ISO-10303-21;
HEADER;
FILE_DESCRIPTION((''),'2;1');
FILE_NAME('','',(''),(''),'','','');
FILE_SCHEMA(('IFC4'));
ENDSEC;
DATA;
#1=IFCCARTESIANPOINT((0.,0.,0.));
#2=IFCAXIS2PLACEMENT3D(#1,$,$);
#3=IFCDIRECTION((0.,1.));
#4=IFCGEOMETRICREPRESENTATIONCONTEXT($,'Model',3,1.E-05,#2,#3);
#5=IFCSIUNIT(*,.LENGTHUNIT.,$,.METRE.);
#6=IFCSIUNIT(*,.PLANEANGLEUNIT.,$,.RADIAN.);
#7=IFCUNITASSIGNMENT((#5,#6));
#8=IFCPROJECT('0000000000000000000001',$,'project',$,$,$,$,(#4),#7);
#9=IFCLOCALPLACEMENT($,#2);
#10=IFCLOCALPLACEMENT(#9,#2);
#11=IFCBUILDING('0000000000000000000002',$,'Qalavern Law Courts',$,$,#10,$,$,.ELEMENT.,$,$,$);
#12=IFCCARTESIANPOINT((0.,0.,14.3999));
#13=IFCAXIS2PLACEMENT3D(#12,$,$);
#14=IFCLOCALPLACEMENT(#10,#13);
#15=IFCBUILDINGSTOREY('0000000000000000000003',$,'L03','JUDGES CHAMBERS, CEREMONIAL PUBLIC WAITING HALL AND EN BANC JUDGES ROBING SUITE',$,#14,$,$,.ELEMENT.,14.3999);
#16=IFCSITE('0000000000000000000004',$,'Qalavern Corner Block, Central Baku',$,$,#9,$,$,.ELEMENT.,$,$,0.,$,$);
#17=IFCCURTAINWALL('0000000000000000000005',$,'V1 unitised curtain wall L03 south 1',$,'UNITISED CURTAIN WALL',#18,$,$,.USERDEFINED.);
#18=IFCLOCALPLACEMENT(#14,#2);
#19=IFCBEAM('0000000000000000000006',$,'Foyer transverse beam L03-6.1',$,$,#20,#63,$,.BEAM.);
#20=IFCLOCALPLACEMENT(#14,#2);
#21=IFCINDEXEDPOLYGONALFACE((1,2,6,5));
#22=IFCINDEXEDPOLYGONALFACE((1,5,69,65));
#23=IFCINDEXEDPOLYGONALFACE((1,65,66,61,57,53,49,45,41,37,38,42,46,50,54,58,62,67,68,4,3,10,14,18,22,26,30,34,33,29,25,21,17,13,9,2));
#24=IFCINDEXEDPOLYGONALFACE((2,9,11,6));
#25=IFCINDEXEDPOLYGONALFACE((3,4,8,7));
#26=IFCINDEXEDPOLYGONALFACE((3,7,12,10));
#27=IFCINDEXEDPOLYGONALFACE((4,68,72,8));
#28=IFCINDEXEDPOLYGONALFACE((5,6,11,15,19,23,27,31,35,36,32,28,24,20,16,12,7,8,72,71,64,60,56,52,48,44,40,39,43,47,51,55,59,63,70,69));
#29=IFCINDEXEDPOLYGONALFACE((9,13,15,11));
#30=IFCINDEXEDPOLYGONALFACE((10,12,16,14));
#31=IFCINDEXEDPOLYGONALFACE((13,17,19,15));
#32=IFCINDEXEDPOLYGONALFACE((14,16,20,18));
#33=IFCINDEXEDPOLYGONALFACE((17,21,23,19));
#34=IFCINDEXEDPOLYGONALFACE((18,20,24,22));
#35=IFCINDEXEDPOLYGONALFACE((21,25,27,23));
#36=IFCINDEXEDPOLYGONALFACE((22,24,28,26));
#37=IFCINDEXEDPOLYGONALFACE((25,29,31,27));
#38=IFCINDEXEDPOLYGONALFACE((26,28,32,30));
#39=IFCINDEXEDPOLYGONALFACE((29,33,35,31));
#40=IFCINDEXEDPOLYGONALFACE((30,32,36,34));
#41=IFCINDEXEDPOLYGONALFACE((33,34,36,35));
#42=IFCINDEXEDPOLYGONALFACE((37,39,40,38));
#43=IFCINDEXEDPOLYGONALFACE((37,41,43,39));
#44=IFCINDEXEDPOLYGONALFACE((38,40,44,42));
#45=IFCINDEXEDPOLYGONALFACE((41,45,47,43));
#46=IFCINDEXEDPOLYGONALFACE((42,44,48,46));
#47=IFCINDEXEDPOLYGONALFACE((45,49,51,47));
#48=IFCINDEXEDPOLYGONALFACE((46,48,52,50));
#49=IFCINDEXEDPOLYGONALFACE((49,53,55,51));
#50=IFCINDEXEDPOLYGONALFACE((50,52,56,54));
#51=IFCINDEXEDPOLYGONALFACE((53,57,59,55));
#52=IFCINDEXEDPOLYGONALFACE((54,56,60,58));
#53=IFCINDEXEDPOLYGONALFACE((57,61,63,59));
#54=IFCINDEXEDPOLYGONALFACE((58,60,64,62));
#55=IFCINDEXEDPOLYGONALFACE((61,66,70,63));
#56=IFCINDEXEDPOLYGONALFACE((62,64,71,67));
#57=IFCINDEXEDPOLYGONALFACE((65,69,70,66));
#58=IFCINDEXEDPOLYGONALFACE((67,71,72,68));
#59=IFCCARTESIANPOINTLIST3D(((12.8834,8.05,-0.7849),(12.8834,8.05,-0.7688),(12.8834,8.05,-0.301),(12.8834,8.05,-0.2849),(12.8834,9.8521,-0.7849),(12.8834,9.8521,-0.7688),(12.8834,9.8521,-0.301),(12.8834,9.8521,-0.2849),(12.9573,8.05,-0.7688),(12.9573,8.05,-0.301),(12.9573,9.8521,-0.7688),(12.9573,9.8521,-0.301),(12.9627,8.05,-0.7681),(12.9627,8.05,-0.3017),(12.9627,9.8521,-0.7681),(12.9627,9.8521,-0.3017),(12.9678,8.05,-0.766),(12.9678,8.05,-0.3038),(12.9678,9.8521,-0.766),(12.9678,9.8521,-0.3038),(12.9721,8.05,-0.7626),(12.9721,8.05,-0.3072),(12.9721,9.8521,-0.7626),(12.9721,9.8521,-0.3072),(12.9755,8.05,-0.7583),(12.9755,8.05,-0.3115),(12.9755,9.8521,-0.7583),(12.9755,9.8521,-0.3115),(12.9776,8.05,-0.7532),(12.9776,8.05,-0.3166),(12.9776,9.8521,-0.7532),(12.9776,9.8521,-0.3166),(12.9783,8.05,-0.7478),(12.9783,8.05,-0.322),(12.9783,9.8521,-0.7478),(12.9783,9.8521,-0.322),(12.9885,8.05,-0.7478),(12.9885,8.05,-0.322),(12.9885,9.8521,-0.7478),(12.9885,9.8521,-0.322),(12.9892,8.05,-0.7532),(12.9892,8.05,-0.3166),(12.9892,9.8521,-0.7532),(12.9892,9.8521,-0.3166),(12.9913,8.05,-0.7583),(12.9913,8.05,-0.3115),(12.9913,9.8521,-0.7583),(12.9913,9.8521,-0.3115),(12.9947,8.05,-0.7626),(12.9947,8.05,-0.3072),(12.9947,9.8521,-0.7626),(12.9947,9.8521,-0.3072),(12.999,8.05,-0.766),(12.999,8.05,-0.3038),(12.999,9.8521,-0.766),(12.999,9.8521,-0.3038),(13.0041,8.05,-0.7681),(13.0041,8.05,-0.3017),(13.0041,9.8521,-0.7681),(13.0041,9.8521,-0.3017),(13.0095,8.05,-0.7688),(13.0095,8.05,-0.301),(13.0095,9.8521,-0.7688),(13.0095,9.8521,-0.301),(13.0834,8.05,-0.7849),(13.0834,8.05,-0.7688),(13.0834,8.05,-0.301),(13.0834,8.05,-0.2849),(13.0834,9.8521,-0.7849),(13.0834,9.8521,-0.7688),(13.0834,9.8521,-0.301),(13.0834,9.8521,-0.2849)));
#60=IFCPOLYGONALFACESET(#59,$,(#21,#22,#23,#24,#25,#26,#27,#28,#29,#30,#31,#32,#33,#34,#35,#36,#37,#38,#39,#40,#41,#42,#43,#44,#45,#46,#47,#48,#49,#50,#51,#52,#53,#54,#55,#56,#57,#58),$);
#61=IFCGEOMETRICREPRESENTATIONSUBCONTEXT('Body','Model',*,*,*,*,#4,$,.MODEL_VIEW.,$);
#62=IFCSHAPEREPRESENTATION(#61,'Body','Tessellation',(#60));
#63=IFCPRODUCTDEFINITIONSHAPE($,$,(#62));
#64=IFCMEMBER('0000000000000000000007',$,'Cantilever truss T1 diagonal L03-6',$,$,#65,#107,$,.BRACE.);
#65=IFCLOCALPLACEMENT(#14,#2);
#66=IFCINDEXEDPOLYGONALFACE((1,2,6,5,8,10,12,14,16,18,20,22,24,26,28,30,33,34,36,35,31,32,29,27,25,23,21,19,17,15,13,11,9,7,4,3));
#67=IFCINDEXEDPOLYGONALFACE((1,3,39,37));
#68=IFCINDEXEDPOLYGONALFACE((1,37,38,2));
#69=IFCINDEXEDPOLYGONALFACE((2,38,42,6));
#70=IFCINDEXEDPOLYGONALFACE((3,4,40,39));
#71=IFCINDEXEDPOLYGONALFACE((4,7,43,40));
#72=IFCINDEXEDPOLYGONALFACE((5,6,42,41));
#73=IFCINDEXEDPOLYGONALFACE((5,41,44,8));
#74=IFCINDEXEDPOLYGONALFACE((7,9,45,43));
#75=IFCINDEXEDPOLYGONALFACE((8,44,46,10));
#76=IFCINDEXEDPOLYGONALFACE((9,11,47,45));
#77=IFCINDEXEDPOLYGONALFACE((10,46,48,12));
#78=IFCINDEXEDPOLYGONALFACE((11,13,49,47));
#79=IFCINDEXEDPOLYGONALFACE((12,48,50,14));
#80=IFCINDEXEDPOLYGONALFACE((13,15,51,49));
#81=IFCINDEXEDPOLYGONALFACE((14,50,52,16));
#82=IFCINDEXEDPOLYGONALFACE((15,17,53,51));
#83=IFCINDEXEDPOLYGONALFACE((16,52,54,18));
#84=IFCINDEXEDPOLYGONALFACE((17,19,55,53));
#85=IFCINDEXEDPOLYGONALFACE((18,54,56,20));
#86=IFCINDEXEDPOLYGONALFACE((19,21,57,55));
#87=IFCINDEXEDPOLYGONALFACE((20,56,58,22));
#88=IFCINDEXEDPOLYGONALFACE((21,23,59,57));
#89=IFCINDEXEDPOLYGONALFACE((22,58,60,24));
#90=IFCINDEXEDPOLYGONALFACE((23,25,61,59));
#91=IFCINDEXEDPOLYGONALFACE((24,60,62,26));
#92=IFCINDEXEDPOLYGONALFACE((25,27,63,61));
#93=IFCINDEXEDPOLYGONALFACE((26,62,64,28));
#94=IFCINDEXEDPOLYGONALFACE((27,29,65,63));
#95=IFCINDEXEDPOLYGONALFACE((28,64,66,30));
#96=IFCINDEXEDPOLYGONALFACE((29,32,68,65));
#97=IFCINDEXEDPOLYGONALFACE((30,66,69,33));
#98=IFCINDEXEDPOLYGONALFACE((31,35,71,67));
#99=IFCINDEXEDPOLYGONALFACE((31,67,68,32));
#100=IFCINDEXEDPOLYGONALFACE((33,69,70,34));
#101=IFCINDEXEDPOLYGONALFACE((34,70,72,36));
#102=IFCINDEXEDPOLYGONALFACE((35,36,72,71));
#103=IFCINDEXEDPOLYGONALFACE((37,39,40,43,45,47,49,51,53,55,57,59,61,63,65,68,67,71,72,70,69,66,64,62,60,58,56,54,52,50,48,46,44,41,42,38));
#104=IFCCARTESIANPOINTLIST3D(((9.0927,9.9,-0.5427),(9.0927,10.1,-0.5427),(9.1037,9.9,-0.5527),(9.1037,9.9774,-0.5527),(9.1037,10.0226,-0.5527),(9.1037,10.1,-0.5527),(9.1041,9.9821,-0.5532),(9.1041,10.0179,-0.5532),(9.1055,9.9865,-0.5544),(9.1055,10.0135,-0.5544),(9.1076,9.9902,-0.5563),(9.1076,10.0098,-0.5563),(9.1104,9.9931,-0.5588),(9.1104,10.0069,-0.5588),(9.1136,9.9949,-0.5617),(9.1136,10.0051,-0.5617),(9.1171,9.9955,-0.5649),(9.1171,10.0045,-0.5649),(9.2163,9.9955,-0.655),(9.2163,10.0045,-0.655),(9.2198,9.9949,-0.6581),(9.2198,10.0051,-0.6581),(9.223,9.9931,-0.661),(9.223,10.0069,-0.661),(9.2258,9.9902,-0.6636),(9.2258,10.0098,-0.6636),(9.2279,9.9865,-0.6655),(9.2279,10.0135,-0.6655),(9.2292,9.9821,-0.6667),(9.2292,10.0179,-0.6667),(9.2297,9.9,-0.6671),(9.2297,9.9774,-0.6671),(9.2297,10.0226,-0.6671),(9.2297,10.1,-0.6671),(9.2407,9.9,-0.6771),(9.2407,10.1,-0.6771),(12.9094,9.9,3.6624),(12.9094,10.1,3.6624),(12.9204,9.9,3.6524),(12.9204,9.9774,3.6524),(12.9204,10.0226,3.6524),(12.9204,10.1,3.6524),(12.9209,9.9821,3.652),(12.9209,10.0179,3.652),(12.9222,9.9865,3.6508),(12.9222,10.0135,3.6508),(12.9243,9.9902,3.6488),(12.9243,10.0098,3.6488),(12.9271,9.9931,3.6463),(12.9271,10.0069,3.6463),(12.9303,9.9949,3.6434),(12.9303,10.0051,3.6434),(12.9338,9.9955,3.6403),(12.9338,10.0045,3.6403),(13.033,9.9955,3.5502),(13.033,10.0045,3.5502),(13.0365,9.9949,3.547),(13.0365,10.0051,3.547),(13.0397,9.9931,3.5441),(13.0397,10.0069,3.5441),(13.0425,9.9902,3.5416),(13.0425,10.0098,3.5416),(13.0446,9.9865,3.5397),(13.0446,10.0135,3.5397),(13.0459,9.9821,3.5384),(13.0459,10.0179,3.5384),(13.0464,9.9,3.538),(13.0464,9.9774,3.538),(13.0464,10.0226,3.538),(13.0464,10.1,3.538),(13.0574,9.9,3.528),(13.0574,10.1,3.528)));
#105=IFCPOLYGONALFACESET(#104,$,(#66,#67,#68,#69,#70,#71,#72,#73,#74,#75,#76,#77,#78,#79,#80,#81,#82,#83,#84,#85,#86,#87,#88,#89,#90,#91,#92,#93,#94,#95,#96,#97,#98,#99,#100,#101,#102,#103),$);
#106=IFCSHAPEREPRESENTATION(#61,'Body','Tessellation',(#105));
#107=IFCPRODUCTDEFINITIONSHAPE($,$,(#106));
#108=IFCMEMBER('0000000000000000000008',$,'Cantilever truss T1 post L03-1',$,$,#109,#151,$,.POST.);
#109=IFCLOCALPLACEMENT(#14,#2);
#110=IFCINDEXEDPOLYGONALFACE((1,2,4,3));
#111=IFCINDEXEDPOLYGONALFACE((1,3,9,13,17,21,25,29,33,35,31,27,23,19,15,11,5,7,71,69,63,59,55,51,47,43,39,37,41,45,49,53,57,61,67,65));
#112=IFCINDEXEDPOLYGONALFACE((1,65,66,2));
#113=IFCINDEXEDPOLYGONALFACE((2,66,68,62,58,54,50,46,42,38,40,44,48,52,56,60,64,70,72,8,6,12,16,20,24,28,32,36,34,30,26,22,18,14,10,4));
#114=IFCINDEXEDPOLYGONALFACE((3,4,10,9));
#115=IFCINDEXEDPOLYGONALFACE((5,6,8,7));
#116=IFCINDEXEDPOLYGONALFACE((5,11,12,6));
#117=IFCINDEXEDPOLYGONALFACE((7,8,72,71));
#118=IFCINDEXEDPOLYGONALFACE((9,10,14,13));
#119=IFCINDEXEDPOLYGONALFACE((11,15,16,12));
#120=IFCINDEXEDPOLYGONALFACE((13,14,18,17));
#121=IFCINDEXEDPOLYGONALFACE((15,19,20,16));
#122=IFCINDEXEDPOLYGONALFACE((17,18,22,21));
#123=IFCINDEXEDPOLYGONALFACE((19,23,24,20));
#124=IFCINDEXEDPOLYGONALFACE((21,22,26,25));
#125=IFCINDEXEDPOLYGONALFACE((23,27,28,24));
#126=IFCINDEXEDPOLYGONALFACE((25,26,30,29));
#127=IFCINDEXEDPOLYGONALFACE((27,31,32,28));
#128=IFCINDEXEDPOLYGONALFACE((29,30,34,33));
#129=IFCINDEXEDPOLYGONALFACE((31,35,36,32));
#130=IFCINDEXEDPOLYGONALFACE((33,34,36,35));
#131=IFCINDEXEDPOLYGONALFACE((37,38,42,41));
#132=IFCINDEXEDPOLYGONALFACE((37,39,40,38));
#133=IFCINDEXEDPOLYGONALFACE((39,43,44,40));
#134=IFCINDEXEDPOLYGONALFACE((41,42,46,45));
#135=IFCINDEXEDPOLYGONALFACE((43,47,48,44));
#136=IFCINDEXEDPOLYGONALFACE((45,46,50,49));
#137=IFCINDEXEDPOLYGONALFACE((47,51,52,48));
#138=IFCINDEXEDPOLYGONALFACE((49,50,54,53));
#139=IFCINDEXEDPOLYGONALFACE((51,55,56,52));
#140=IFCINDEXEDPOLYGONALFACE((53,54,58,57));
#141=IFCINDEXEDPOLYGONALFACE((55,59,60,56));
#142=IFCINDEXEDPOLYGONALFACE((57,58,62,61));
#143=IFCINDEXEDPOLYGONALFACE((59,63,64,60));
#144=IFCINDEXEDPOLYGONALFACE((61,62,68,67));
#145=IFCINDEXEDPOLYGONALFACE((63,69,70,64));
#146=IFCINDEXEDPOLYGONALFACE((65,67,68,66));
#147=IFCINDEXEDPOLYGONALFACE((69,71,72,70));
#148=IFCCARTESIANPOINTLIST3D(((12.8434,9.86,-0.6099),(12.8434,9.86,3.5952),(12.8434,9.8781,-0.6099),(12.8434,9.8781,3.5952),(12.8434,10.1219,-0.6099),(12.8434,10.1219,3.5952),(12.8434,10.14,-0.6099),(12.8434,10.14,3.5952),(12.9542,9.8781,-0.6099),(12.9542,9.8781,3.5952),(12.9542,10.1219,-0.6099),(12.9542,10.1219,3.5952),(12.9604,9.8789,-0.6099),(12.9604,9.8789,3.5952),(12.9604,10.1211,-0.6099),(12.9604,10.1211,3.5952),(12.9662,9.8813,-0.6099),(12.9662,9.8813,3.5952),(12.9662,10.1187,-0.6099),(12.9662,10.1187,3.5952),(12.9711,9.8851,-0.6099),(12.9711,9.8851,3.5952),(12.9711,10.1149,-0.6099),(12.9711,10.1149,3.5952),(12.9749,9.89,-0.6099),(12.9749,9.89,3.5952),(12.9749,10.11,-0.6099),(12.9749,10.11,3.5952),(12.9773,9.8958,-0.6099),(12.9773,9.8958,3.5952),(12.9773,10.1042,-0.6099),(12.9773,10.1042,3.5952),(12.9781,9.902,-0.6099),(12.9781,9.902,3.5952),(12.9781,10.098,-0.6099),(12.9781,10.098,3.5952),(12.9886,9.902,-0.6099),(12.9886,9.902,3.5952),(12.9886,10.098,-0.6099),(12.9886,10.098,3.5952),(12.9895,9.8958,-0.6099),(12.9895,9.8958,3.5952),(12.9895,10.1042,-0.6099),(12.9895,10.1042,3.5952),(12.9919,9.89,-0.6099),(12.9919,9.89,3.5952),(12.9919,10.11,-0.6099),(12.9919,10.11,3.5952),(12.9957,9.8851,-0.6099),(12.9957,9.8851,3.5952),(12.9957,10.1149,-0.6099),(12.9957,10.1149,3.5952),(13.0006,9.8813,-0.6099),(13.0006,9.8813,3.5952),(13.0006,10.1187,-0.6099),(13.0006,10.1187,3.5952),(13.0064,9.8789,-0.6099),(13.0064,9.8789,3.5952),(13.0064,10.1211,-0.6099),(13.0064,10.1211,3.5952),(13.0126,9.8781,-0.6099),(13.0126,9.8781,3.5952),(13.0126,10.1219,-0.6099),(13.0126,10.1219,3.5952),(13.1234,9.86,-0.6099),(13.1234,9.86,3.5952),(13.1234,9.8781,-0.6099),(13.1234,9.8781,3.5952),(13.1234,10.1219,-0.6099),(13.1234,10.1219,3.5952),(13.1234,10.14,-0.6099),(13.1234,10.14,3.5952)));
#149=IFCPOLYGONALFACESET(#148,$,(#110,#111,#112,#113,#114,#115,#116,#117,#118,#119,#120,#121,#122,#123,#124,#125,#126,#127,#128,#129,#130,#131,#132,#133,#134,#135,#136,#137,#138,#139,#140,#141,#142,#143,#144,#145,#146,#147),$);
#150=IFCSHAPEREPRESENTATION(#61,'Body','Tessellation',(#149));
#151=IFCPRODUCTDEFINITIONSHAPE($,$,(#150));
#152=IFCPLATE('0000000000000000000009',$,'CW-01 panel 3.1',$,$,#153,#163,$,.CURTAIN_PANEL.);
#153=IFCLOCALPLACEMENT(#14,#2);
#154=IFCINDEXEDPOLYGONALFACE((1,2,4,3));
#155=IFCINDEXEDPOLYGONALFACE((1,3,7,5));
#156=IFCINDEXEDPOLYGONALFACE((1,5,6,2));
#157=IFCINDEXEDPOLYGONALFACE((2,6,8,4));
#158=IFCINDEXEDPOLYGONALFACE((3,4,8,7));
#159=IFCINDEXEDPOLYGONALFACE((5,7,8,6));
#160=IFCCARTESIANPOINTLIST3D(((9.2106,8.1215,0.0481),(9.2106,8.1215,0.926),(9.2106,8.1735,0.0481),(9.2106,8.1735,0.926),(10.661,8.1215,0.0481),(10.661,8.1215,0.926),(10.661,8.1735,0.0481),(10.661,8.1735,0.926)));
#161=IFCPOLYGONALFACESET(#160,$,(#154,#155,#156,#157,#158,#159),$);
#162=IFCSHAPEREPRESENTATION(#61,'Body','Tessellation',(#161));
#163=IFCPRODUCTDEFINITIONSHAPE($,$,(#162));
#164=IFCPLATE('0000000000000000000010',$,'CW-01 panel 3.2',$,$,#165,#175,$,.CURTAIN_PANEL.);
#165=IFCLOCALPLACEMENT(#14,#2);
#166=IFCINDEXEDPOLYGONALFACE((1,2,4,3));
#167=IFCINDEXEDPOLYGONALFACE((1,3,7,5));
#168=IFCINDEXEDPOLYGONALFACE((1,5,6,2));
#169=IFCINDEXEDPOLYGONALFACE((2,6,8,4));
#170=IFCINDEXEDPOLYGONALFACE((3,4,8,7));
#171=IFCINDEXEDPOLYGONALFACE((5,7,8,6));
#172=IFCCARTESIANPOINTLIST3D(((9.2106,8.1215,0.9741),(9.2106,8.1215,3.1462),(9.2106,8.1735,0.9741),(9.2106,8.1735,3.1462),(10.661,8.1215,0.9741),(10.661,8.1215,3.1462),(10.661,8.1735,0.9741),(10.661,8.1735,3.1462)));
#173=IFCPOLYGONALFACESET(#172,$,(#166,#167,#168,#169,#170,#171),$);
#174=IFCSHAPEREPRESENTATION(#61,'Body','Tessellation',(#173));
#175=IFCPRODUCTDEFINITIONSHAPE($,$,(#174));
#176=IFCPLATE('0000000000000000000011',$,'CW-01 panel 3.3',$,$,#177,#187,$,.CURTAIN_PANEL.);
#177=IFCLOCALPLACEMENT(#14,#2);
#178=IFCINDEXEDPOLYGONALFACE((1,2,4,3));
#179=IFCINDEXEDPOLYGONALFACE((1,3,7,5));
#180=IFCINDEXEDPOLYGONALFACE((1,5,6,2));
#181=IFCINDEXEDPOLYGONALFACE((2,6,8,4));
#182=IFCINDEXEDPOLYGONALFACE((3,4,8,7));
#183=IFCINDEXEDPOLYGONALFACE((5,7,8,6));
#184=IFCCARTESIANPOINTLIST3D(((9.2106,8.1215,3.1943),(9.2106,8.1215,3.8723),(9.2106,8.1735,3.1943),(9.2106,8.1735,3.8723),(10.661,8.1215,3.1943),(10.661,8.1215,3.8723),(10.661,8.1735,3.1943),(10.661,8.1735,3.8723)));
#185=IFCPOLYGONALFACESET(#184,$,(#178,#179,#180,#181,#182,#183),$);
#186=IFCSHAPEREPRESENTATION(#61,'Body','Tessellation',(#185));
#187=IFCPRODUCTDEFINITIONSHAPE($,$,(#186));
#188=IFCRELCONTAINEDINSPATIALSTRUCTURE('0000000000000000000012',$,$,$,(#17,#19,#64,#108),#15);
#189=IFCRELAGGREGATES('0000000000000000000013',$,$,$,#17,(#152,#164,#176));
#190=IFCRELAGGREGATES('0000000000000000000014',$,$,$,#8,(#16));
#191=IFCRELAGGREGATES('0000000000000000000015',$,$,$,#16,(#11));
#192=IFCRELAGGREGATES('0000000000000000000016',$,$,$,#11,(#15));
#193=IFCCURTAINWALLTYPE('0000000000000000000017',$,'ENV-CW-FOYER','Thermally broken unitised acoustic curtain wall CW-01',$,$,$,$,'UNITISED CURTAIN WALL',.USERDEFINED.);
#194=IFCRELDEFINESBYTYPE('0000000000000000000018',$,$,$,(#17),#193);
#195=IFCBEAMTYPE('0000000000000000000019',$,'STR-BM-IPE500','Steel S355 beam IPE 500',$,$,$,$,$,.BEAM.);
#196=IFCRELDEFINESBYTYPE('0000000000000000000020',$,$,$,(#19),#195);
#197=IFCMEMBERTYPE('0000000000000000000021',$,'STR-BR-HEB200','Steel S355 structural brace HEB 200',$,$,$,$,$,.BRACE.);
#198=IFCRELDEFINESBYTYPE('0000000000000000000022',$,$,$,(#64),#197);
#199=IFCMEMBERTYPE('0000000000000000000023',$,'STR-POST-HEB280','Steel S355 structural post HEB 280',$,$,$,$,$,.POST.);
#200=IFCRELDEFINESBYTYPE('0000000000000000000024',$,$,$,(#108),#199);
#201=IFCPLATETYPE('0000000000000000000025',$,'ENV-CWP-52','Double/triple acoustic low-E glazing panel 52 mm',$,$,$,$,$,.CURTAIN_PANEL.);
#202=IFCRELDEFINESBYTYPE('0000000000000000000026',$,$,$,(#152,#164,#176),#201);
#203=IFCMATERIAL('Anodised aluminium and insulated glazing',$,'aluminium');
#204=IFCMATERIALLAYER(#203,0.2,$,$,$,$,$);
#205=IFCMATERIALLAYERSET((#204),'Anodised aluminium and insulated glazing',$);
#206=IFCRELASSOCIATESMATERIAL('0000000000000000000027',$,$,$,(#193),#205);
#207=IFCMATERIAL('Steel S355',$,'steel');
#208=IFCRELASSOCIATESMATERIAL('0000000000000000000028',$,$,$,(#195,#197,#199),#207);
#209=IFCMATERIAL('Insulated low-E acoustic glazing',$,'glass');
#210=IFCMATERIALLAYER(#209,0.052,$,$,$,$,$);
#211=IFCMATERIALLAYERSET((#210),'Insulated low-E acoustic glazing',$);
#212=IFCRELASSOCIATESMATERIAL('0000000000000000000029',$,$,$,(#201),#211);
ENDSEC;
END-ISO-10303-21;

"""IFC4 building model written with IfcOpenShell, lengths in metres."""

from ifc_helpers import new_model, si_unit, direction, frame, origin, origin_2d, place, context, subcontext, project, spatial, rectangle, i_section, extrude, material, layer, layer_set, material_profile, profile_set, type_object, element, aggregate, save


model = new_model("IFC4")

# Units and contexts
model_context = context("Model", 3, precision=1e-05, world=origin(), true_north=direction((0.0, 1.0)))
body_context = subcontext(model_context, "Body", "Model", "MODEL_VIEW")
ifc_project = project(units=[si_unit("LENGTHUNIT", "METRE"), si_unit("PLANEANGLEUNIT", "RADIAN")], contexts=[model_context])

# Site, building, storey
site_placement = place(None, origin())
site = spatial("IfcSite", under=ifc_project, at=site_placement, Name="Qalavern Corner Block, Central Baku", CompositionType="ELEMENT", RefElevation=0.0)
building_placement = place(site_placement, origin())
building = spatial("IfcBuilding", under=site, at=building_placement, Name="Qalavern Law Courts", CompositionType="ELEMENT")
storey_placement = place(building_placement, frame((0.0, 0.0, 14.3999)))
storey = spatial("IfcBuildingStorey", under=building, at=storey_placement, Name="L03", Description="JUDGES CHAMBERS, CEREMONIAL PUBLIC WAITING HALL AND EN BANC JUDGES ROBING SUITE", CompositionType="ELEMENT", Elevation=14.3999)

# Curtain wall
ifc_material_1 = material(Name="Anodised aluminium and insulated glazing", Category="aluminium")
ifc_layer_1 = layer(ifc_material_1, 0.2)
ifc_layer_set_1 = layer_set([ifc_layer_1], Name="Anodised aluminium and insulated glazing")
curtain_wall_type = type_object("IfcCurtainWallType", Name="ENV-CW-FOYER", Description="Thermally broken unitised acoustic curtain wall CW-01", ElementType="UNITISED CURTAIN WALL", PredefinedType="USERDEFINED", material=ifc_layer_set_1)
curtain_wall_placement = place(storey_placement, origin())
curtain_wall = element("IfcCurtainWall", 1, at=curtain_wall_placement, inside=storey, type_object=curtain_wall_type, Name="V1 unitised curtain wall L03 south 1", ObjectType="UNITISED CURTAIN WALL", PredefinedType="USERDEFINED")

# Beam
ifc_material_2 = material(Name="Steel S355", Category="steel")
ifc_material_profile_1 = material_profile(ifc_material_2, i_section(OverallWidth=0.2, OverallDepth=0.5, WebThickness=0.0103, FlangeThickness=0.0161, FilletRadius=0.021, at=origin_2d()), Name="IPE 500")
ifc_profile_set_1 = profile_set([ifc_material_profile_1], Name="Steel S355")
beam_type = type_object("IfcBeamType", Name="STR-BM-IPE500", Description="Steel S355 beam IPE 500", PredefinedType="BEAM", material=ifc_profile_set_1)
beam_placement = place(storey_placement, frame((12.9834, 8.05, -0.5349), z_axis=(0.0, 1.0, 0.0), x_axis=(-1.0, 0.0, 0.0)))
element("IfcBeam", 2, at=beam_placement, inside=storey, type_object=beam_type, Name="Foyer transverse beam L03-6.1", PredefinedType="BEAM", context=body_context, shape_type="SweptSolid", body=[
    extrude(i_section(OverallWidth=0.2, OverallDepth=0.5, WebThickness=0.0103, FlangeThickness=0.0161, FilletRadius=0.021, at=origin_2d()), origin(), (0.0, 0.0, 1.0), 1.802),
])

# Members
ifc_material_profile_2 = material_profile(ifc_material_2, i_section(OverallWidth=0.2, OverallDepth=0.2, WebThickness=0.009, FlangeThickness=0.0149, FilletRadius=0.0181, at=origin_2d()), Name="HEB 200")
ifc_profile_set_2 = profile_set([ifc_material_profile_2], Name="Steel S355")
member_type_1 = type_object("IfcMemberType", Name="STR-BR-HEB200", Description="Steel S355 structural brace HEB 200", PredefinedType="BRACE", material=ifc_profile_set_2)
member_1_placement = place(storey_placement, frame((12.9834, 10.0, 3.5952), z_axis=(-0.67208, 0.0, -0.740479), x_axis=(0.0, -1.0, 0.0)))
element("IfcMember", 3, at=member_1_placement, inside=storey, type_object=member_type_1, Name="Cantilever truss T1 diagonal L03-6", PredefinedType="BRACE", context=body_context, shape_type="SweptSolid", body=[
    extrude(i_section(OverallWidth=0.2, OverallDepth=0.2, WebThickness=0.009, FlangeThickness=0.0149, FilletRadius=0.0181, at=origin_2d()), origin(), (0.0, 0.0, 1.0), 5.679),
])
ifc_material_profile_3 = material_profile(ifc_material_2, i_section(OverallWidth=0.28, OverallDepth=0.28, WebThickness=0.0105, FlangeThickness=0.0181, FilletRadius=0.0239, at=origin_2d()), Name="HEB 280")
ifc_profile_set_3 = profile_set([ifc_material_profile_3], Name="Steel S355")
member_type_2 = type_object("IfcMemberType", Name="STR-POST-HEB280", Description="Steel S355 structural post HEB 280", PredefinedType="POST", material=ifc_profile_set_3)
member_2_placement = place(storey_placement, frame((12.9834, 10.0, -0.6099), z_axis=(0.0, 0.0, 1.0), x_axis=(1.0, 0.0, 0.0)))
element("IfcMember", 4, at=member_2_placement, inside=storey, type_object=member_type_2, Name="Cantilever truss T1 post L03-1", PredefinedType="POST", context=body_context, shape_type="SweptSolid", body=[
    extrude(i_section(OverallWidth=0.28, OverallDepth=0.28, WebThickness=0.0105, FlangeThickness=0.0181, FilletRadius=0.0239, at=origin_2d()), origin(), (0.0, 0.0, 1.0), 4.2051),
])

# Plates
ifc_material_3 = material(Name="Insulated low-E acoustic glazing", Category="glass")
ifc_layer_2 = layer(ifc_material_3, 0.052)
ifc_layer_set_2 = layer_set([ifc_layer_2], Name="Insulated low-E acoustic glazing")
plate_type_1 = type_object("IfcPlateType", Name="ENV-CWP-52", Description="Double/triple acoustic low-E glazing panel 52 mm", PredefinedType="CURTAIN_PANEL", material=ifc_layer_set_2)
plate_1_placement = place(storey_placement, frame((9.9358, 8.1475, 0.0481), z_axis=(0.0, 0.0, 1.0), x_axis=(1.0, 0.0, 0.0)))
plate_1 = element("IfcPlate", 5, at=plate_1_placement, type_object=plate_type_1, Name="CW-01 panel 3.1", PredefinedType="CURTAIN_PANEL", context=body_context, shape_type="SweptSolid", body=[
    extrude(rectangle(XDim=1.4504, YDim=0.052, at=origin_2d()), origin(), (0.0, 0.0, 1.0), 0.8779),
])
plate_2_placement = place(storey_placement, frame((9.9358, 8.1475, 0.9741), z_axis=(0.0, 0.0, 1.0), x_axis=(1.0, 0.0, 0.0)))
plate_2 = element("IfcPlate", 6, at=plate_2_placement, type_object=plate_type_1, Name="CW-01 panel 3.2", PredefinedType="CURTAIN_PANEL", context=body_context, shape_type="SweptSolid", body=[
    extrude(rectangle(XDim=1.4504, YDim=0.052, at=origin_2d()), origin(), (0.0, 0.0, 1.0), 2.1721),
])
plate_3_placement = place(storey_placement, frame((9.9358, 8.1475, 3.1943), z_axis=(0.0, 0.0, 1.0), x_axis=(1.0, 0.0, 0.0)))
plate_3 = element("IfcPlate", 7, at=plate_3_placement, type_object=plate_type_1, Name="CW-01 panel 3.3", PredefinedType="CURTAIN_PANEL", context=body_context, shape_type="SweptSolid", body=[
    extrude(rectangle(XDim=1.4504, YDim=0.052, at=origin_2d()), origin(), (0.0, 0.0, 1.0), 0.678),
])
aggregate(curtain_wall, [plate_1, plate_2, plate_3])

save(model, "model.ifc")
